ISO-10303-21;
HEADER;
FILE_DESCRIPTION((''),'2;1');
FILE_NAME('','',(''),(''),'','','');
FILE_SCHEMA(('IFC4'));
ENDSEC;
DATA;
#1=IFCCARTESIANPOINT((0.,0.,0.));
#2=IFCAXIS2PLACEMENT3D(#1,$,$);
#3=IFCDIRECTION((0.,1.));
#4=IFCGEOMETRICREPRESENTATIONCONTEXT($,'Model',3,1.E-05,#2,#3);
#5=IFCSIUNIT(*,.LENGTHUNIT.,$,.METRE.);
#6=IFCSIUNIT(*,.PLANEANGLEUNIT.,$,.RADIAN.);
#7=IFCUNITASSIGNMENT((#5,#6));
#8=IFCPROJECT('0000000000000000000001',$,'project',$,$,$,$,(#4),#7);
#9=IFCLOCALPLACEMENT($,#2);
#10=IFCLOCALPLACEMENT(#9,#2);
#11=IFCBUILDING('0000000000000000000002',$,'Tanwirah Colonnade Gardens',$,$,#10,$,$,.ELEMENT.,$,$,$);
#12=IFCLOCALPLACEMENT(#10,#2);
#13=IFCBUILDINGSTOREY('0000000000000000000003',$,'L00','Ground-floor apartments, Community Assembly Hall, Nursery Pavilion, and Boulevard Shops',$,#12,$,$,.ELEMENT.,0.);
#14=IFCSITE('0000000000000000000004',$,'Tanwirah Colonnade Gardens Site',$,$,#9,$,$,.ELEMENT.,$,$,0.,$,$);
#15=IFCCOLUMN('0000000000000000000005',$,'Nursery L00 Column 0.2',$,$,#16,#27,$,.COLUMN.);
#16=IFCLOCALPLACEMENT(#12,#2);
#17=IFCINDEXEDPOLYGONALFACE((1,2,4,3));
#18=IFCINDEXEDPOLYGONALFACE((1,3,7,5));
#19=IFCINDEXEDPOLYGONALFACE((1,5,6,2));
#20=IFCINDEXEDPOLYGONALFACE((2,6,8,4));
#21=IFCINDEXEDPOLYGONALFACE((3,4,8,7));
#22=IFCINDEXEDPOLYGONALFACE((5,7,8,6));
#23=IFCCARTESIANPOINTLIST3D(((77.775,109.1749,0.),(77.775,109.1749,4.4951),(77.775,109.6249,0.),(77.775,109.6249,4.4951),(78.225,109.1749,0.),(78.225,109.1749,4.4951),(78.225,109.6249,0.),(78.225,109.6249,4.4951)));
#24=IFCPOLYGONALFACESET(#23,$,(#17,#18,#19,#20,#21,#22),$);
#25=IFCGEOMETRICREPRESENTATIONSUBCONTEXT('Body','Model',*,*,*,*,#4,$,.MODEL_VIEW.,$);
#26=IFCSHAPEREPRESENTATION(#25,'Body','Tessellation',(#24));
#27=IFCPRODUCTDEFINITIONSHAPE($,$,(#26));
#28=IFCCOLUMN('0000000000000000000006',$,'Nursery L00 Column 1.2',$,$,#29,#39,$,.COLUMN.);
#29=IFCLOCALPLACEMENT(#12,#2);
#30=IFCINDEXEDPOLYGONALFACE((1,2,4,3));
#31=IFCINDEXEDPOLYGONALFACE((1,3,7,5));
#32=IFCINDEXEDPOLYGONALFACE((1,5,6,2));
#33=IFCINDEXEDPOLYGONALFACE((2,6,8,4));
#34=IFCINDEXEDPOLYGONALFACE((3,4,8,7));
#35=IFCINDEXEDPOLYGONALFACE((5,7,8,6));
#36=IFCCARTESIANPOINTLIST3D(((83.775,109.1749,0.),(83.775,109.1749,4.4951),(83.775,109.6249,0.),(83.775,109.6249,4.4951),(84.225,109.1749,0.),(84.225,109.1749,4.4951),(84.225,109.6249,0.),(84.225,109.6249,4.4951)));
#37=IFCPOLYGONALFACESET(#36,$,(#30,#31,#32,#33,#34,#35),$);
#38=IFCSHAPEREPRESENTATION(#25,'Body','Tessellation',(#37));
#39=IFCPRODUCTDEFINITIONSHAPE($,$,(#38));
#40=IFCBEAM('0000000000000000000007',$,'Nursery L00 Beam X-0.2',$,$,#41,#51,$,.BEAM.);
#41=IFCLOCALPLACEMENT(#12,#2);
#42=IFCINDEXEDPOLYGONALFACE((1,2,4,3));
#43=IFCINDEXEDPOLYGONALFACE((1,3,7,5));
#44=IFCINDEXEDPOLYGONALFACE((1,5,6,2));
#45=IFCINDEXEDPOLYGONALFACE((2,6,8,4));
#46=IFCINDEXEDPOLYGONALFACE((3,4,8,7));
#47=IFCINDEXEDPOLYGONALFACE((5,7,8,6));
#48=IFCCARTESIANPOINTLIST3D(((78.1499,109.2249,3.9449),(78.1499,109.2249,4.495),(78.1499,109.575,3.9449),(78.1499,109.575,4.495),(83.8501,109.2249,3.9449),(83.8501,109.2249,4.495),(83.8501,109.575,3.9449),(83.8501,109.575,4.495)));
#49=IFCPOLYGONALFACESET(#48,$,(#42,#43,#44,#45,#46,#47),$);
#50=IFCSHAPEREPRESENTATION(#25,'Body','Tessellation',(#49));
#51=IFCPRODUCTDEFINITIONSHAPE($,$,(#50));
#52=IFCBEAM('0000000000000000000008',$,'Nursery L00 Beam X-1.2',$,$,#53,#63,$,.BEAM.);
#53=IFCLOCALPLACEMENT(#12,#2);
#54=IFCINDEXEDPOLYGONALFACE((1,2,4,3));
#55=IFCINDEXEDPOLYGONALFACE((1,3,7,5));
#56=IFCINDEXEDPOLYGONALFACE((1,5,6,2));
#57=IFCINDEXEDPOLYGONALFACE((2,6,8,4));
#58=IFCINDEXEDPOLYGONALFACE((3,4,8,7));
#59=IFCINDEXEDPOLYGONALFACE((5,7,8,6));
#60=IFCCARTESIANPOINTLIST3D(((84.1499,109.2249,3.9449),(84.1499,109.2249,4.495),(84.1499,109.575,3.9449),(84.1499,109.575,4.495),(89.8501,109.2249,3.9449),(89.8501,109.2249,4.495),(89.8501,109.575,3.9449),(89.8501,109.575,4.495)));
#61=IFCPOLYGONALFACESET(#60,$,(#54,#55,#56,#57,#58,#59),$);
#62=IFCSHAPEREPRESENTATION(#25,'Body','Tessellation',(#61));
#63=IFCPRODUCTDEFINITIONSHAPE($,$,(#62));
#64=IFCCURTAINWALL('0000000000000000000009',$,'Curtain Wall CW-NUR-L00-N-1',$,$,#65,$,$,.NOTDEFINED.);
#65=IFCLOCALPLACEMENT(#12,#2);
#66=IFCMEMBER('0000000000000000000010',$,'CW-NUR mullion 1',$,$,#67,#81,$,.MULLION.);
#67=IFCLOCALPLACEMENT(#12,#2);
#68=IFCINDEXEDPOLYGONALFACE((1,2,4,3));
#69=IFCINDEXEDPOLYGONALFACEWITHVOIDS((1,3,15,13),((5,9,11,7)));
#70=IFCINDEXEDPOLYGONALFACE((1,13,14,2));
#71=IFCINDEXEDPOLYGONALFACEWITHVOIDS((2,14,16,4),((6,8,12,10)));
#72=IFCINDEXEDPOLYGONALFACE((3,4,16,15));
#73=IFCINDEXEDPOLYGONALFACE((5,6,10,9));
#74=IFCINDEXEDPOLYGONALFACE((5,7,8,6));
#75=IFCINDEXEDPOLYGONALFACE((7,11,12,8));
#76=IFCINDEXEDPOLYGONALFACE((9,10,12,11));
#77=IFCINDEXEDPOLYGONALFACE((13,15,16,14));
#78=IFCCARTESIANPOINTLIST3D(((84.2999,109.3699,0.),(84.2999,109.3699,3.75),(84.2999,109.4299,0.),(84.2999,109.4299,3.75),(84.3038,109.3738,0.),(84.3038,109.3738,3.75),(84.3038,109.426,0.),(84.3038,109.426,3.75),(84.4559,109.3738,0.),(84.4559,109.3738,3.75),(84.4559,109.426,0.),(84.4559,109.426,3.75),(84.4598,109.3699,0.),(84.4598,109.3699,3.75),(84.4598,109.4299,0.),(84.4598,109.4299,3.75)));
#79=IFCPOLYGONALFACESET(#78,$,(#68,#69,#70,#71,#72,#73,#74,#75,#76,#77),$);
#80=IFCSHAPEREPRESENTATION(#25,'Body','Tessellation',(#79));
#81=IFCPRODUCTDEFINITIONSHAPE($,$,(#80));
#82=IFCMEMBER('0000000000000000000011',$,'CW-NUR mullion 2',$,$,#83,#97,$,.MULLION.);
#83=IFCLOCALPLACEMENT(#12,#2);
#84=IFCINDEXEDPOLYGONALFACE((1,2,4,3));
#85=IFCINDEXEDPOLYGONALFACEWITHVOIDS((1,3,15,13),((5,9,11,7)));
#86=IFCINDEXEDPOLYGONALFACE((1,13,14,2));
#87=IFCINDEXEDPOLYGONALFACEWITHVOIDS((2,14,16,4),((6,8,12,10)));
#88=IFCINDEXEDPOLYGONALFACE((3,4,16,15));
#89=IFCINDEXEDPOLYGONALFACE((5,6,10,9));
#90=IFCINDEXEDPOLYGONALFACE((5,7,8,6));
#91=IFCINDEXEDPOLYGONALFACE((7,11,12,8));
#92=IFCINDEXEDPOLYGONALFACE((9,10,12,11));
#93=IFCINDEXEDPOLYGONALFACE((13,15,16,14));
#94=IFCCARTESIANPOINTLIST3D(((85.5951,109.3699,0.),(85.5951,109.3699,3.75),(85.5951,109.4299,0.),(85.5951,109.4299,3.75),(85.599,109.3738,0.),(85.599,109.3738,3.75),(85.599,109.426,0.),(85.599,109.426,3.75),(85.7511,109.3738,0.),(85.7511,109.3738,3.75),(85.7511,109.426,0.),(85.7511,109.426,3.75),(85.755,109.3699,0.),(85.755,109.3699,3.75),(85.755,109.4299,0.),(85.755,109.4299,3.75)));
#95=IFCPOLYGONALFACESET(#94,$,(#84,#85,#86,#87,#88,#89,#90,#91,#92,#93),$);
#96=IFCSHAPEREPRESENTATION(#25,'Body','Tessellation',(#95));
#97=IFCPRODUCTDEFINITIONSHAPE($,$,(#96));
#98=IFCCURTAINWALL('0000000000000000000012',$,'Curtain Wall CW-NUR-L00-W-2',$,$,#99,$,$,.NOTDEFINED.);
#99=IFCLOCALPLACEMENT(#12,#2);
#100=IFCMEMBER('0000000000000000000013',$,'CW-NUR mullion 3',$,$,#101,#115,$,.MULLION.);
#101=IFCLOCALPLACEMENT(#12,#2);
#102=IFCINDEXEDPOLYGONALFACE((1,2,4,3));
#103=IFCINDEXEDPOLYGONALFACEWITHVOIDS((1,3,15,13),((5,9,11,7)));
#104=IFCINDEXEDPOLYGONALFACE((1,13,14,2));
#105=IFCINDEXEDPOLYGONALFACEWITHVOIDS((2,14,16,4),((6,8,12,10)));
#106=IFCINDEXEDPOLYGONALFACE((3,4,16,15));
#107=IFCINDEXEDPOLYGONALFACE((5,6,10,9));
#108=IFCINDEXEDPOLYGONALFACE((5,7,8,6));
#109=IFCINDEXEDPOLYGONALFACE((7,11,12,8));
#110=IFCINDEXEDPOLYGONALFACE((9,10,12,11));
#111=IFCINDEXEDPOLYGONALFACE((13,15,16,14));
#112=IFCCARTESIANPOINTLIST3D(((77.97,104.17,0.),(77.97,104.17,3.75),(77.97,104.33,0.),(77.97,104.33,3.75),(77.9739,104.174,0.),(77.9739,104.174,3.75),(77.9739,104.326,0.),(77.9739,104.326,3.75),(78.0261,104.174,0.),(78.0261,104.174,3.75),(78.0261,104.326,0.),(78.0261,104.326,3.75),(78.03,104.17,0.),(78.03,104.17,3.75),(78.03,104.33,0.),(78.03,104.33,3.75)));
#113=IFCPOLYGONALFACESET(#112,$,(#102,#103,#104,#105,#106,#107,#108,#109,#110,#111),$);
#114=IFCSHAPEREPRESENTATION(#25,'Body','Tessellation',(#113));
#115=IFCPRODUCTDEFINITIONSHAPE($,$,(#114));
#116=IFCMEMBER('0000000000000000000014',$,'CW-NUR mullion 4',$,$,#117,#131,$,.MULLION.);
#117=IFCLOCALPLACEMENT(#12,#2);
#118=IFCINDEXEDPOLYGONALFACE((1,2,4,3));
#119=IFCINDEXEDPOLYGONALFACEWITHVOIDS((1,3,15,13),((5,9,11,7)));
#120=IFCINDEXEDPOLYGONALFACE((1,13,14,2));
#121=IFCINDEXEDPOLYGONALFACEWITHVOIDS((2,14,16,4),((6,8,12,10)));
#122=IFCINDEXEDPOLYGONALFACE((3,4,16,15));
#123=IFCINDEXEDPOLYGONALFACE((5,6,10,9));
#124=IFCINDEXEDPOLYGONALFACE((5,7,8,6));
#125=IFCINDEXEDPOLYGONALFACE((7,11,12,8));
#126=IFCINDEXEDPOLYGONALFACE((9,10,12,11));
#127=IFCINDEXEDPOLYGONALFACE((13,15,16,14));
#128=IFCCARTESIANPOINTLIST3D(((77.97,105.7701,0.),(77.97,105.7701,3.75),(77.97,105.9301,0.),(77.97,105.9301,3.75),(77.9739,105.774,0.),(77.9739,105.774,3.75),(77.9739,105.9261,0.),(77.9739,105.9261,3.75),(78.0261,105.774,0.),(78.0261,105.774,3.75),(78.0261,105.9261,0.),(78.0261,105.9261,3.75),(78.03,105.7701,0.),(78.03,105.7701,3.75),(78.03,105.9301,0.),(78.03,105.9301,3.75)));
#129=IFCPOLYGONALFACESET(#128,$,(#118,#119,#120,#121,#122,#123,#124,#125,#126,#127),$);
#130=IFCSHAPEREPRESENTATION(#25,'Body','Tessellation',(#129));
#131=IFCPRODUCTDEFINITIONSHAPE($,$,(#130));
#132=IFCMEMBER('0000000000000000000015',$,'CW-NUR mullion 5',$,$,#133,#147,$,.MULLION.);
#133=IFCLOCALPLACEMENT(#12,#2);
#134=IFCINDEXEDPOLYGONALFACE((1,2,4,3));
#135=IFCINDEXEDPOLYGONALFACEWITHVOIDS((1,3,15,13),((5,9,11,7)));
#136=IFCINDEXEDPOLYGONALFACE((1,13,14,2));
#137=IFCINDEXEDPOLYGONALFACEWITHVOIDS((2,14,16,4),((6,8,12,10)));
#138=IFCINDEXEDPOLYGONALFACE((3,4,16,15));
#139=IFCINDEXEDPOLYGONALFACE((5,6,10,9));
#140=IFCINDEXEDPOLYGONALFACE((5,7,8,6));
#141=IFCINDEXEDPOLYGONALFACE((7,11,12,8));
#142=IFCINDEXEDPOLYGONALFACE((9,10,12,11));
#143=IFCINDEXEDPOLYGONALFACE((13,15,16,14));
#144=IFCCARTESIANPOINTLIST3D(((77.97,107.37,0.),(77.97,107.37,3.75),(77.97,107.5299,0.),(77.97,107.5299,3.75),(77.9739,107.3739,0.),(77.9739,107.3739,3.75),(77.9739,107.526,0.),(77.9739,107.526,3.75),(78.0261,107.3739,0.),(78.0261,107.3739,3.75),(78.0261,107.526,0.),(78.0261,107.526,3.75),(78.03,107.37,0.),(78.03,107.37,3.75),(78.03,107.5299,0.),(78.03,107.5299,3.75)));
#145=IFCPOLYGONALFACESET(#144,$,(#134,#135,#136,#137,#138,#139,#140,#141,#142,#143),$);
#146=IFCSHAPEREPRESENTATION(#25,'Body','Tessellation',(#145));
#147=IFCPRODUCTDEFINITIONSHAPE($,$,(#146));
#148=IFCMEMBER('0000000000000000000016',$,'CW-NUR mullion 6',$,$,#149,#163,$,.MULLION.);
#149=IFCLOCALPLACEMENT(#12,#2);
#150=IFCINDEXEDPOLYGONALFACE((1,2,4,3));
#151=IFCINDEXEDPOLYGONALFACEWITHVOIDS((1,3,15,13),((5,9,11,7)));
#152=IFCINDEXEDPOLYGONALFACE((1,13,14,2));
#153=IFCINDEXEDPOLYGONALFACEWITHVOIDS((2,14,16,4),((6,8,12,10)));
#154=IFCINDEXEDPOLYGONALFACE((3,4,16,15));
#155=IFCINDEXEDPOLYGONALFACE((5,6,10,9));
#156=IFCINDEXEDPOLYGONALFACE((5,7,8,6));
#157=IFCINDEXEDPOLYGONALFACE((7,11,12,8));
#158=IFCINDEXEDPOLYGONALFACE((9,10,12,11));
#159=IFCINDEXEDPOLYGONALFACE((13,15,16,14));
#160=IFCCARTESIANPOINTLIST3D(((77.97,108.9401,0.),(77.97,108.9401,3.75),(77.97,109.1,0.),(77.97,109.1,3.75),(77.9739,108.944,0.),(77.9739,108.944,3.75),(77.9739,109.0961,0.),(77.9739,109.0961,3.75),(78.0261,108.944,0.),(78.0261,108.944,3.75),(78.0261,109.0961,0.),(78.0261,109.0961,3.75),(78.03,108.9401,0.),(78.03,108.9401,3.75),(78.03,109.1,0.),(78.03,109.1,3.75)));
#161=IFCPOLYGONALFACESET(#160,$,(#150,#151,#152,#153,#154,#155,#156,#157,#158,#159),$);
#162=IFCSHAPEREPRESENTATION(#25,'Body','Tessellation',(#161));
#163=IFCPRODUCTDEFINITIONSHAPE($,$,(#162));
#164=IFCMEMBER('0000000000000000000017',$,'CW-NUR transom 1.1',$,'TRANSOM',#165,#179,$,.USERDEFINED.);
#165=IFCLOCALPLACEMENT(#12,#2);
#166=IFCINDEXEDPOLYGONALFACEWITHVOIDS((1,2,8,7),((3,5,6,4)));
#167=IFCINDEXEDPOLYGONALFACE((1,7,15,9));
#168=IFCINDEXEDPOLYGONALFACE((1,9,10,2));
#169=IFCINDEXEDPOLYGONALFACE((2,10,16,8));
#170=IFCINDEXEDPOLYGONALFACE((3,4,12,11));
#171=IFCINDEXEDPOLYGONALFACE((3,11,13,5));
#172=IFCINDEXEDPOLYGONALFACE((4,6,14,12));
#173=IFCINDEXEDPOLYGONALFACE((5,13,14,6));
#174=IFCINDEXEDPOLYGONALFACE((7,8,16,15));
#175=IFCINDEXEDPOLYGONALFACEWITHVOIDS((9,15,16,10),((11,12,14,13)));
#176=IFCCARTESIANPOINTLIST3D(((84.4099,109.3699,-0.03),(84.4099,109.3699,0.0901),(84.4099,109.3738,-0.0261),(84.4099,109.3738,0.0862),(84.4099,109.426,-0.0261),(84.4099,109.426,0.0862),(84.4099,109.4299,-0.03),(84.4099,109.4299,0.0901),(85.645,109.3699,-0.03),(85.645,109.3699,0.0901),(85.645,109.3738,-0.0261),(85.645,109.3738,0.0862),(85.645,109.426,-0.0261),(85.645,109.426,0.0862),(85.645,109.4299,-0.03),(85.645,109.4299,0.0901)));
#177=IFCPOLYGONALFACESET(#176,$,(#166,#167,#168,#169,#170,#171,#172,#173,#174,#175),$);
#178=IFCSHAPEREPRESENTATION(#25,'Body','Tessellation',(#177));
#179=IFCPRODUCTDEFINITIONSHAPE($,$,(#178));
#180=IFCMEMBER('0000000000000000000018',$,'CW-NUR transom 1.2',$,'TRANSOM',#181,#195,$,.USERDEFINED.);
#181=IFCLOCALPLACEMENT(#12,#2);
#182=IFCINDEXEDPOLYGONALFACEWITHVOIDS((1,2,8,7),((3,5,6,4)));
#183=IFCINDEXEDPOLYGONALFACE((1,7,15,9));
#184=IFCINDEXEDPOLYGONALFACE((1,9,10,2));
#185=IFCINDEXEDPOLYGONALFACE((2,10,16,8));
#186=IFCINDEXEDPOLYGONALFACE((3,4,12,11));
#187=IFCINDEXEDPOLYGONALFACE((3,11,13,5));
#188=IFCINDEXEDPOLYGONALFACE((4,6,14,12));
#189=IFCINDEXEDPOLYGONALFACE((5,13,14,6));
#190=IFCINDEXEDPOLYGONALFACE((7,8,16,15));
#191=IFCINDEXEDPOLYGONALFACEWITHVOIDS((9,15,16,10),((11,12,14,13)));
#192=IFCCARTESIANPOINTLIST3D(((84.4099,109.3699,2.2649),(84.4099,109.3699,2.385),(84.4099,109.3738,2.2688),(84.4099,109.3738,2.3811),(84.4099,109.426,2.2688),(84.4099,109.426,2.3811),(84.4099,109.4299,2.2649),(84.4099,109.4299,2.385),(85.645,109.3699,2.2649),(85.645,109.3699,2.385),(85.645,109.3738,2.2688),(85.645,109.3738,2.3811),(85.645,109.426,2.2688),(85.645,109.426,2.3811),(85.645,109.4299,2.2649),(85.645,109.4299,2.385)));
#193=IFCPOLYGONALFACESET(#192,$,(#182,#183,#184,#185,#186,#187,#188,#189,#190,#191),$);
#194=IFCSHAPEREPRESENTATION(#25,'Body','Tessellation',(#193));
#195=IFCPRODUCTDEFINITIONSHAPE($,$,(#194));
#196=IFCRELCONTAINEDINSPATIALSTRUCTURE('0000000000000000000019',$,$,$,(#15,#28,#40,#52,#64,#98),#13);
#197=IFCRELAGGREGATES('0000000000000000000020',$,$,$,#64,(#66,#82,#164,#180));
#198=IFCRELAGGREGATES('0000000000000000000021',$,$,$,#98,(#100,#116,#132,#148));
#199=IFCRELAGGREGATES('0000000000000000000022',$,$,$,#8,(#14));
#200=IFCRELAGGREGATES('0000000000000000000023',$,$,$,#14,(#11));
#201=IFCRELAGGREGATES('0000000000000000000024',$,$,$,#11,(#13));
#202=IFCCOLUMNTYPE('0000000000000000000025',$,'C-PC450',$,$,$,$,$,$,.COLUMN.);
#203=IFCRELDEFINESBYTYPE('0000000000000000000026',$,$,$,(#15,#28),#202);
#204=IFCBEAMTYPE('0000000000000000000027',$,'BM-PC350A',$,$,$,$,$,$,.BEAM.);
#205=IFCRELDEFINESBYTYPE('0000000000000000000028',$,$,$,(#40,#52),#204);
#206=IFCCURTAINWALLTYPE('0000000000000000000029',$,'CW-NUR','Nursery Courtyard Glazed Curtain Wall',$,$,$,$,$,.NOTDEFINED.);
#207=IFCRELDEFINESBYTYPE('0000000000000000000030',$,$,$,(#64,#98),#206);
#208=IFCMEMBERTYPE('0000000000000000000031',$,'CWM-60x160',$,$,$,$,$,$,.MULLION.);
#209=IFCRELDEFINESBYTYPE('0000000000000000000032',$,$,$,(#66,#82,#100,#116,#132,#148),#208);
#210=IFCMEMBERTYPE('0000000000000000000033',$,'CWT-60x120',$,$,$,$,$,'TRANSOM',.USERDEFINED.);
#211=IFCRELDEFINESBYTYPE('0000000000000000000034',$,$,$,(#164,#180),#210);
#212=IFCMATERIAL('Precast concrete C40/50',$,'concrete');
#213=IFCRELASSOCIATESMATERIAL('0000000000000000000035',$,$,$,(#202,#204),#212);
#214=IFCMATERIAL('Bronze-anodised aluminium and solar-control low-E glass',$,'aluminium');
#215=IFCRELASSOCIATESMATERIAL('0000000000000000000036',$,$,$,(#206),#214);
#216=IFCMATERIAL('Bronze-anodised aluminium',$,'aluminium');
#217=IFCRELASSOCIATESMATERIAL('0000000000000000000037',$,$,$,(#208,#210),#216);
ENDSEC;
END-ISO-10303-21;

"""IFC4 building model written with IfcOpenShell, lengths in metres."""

from ifc_helpers import new_model, si_unit, direction, frame, origin, origin_2d, place, context, subcontext, project, spatial, rectangle, hollow_rectangle, extrude, material, material_profile, profile_set, type_object, element, aggregate, save


model = new_model("IFC4")

# Units and contexts
model_context = context("Model", 3, precision=1e-05, world=origin(), true_north=direction((0.0, 1.0)))
body_context = subcontext(model_context, "Body", "Model", "MODEL_VIEW")
ifc_project = project(units=[si_unit("LENGTHUNIT", "METRE"), si_unit("PLANEANGLEUNIT", "RADIAN")], contexts=[model_context])

# Site, building, storey
site_placement = place(None, origin())
site = spatial("IfcSite", under=ifc_project, at=site_placement, Name="Tanwirah Colonnade Gardens Site", CompositionType="ELEMENT", RefElevation=0.0)
building_placement = place(site_placement, origin())
building = spatial("IfcBuilding", under=site, at=building_placement, Name="Tanwirah Colonnade Gardens", CompositionType="ELEMENT")
storey_placement = place(building_placement, origin())
storey = spatial("IfcBuildingStorey", under=building, at=storey_placement, Name="L00", Description="Ground-floor apartments, Community Assembly Hall, Nursery Pavilion, and Boulevard Shops", CompositionType="ELEMENT", Elevation=0.0)

# Columns
ifc_material_1 = material(Name="Precast concrete C40/50", Category="concrete")
ifc_material_profile_1 = material_profile(ifc_material_1, rectangle(XDim=0.45, YDim=0.45, at=origin_2d()), Name="PC-COL 450x450")
ifc_profile_set_1 = profile_set([ifc_material_profile_1], Name="Precast concrete C40/50")
column_type = type_object("IfcColumnType", Name="C-PC450", PredefinedType="COLUMN", material=ifc_profile_set_1)
for number, where, z_axis, x_axis, name in (
    (1, (78.0, 109.3999, 0.0), (0.0, 0.0, 1.0), (1.0, 0.0, 0.0), "Nursery L00 Column 0.2"),
    (2, (84.0, 109.3999, 0.0), (0.0, 0.0, 1.0), (1.0, 0.0, 0.0), "Nursery L00 Column 1.2"),
):
    element("IfcColumn", number, at=place(storey_placement, frame(where, z_axis=z_axis, x_axis=x_axis)), inside=storey, type_object=column_type, Name=name, PredefinedType="COLUMN", context=body_context, shape_type="SweptSolid", body=[
        extrude(rectangle(XDim=0.45, YDim=0.45, at=origin_2d()), origin(), (0.0, 0.0, 1.0), 4.4951),
    ])

# Beams
ifc_material_profile_2 = material_profile(ifc_material_1, rectangle(XDim=0.3501, YDim=0.55, at=origin_2d()), Name="PC-BM 350x550")
ifc_profile_set_2 = profile_set([ifc_material_profile_2], Name="Precast concrete C40/50")
beam_type = type_object("IfcBeamType", Name="BM-PC350A", PredefinedType="BEAM", material=ifc_profile_set_2)
for number, where, z_axis, x_axis, name in (
    (3, (78.1499, 109.3999, 4.22), (1.0, 0.0, 0.0), (0.0, 1.0, 0.0), "Nursery L00 Beam X-0.2"),
    (4, (84.1499, 109.3999, 4.22), (1.0, 0.0, 0.0), (0.0, 1.0, 0.0), "Nursery L00 Beam X-1.2"),
):
    element("IfcBeam", number, at=place(storey_placement, frame(where, z_axis=z_axis, x_axis=x_axis)), inside=storey, type_object=beam_type, Name=name, PredefinedType="BEAM", context=body_context, shape_type="SweptSolid", body=[
        extrude(rectangle(XDim=0.3501, YDim=0.55, at=origin_2d()), origin(), (0.0, 0.0, 1.0), 5.7002),
    ])

# Curtain walls, members
ifc_material_2 = material(Name="Bronze-anodised aluminium and solar-control low-E glass", Category="aluminium")
curtain_wall_type = type_object("IfcCurtainWallType", Name="CW-NUR", Description="Nursery Courtyard Glazed Curtain Wall", PredefinedType="NOTDEFINED", material=ifc_material_2)
curtain_wall_1_placement = place(storey_placement, origin())
curtain_wall_1 = element("IfcCurtainWall", 5, at=curtain_wall_1_placement, inside=storey, type_object=curtain_wall_type, Name="Curtain Wall CW-NUR-L00-N-1", PredefinedType="NOTDEFINED")
ifc_material_3 = material(Name="Bronze-anodised aluminium", Category="aluminium")
ifc_material_profile_3 = material_profile(ifc_material_3, hollow_rectangle(XDim=0.0601, YDim=0.1599, WallThickness=0.0039, at=origin_2d()), Name="CW-MUL 60x160x4")
ifc_profile_set_3 = profile_set([ifc_material_profile_3], Name="Bronze-anodised aluminium")
member_type_1 = type_object("IfcMemberType", Name="CWM-60x160", PredefinedType="MULLION", material=ifc_profile_set_3)
member_1_placement = place(storey_placement, frame((84.3799, 109.3999, 0.0), z_axis=(0.0, 0.0, 1.0), x_axis=(0.0, 1.0, 0.0)))
member_1 = element("IfcMember", 6, at=member_1_placement, type_object=member_type_1, Name="CW-NUR mullion 1", PredefinedType="MULLION", context=body_context, shape_type="SweptSolid", body=[
    extrude(hollow_rectangle(XDim=0.0601, YDim=0.1599, WallThickness=0.0039, at=origin_2d()), origin(), (0.0, 0.0, 1.0), 3.75),
])
member_2_placement = place(storey_placement, frame((85.675, 109.3999, 0.0), z_axis=(0.0, 0.0, 1.0), x_axis=(0.0, 1.0, 0.0)))
member_2 = element("IfcMember", 7, at=member_2_placement, type_object=member_type_1, Name="CW-NUR mullion 2", PredefinedType="MULLION", context=body_context, shape_type="SweptSolid", body=[
    extrude(hollow_rectangle(XDim=0.0601, YDim=0.1599, WallThickness=0.0039, at=origin_2d()), origin(), (0.0, 0.0, 1.0), 3.75),
])
curtain_wall_2_placement = place(storey_placement, origin())
curtain_wall_2 = element("IfcCurtainWall", 8, at=curtain_wall_2_placement, inside=storey, type_object=curtain_wall_type, Name="Curtain Wall CW-NUR-L00-W-2", PredefinedType="NOTDEFINED")
member_3_placement = place(storey_placement, frame((78.0, 104.25, 0.0), z_axis=(0.0, 0.0, 1.0), x_axis=(-1.0, 0.0, 0.0)))
member_3 = element("IfcMember", 9, at=member_3_placement, type_object=member_type_1, Name="CW-NUR mullion 3", PredefinedType="MULLION", context=body_context, shape_type="SweptSolid", body=[
    extrude(hollow_rectangle(XDim=0.0601, YDim=0.1599, WallThickness=0.0039, at=origin_2d()), origin(), (0.0, 0.0, 1.0), 3.75),
])
member_4_placement = place(storey_placement, frame((78.0, 105.8501, 0.0), z_axis=(0.0, 0.0, 1.0), x_axis=(-1.0, 0.0, 0.0)))
member_4 = element("IfcMember", 10, at=member_4_placement, type_object=member_type_1, Name="CW-NUR mullion 4", PredefinedType="MULLION", context=body_context, shape_type="SweptSolid", body=[
    extrude(hollow_rectangle(XDim=0.0601, YDim=0.1599, WallThickness=0.0039, at=origin_2d()), origin(), (0.0, 0.0, 1.0), 3.75),
])
member_5_placement = place(storey_placement, frame((78.0, 107.45, 0.0), z_axis=(0.0, 0.0, 1.0), x_axis=(-1.0, 0.0, 0.0)))
member_5 = element("IfcMember", 11, at=member_5_placement, type_object=member_type_1, Name="CW-NUR mullion 5", PredefinedType="MULLION", context=body_context, shape_type="SweptSolid", body=[
    extrude(hollow_rectangle(XDim=0.0601, YDim=0.1599, WallThickness=0.0039, at=origin_2d()), origin(), (0.0, 0.0, 1.0), 3.75),
])
member_6_placement = place(storey_placement, frame((78.0, 109.02, 0.0), z_axis=(0.0, 0.0, 1.0), x_axis=(-1.0, 0.0, 0.0)))
member_6 = element("IfcMember", 12, at=member_6_placement, type_object=member_type_1, Name="CW-NUR mullion 6", PredefinedType="MULLION", context=body_context, shape_type="SweptSolid", body=[
    extrude(hollow_rectangle(XDim=0.0601, YDim=0.1599, WallThickness=0.0039, at=origin_2d()), origin(), (0.0, 0.0, 1.0), 3.75),
])

# Members
ifc_material_profile_4 = material_profile(ifc_material_3, hollow_rectangle(XDim=0.0601, YDim=0.1201, WallThickness=0.0039, at=origin_2d()), Name="CW-TRN 60x120x4")
ifc_profile_set_4 = profile_set([ifc_material_profile_4], Name="Bronze-anodised aluminium")
member_type_2 = type_object("IfcMemberType", Name="CWT-60x120", ElementType="TRANSOM", PredefinedType="USERDEFINED", material=ifc_profile_set_4)
member_7_placement = place(storey_placement, frame((84.4099, 109.3999, 0.03), z_axis=(1.0, 0.0, 0.0), x_axis=(0.0, 1.0, 0.0)))
member_7 = element("IfcMember", 13, at=member_7_placement, type_object=member_type_2, Name="CW-NUR transom 1.1", ObjectType="TRANSOM", PredefinedType="USERDEFINED", context=body_context, shape_type="SweptSolid", body=[
    extrude(hollow_rectangle(XDim=0.0601, YDim=0.1201, WallThickness=0.0039, at=origin_2d()), origin(), (0.0, 0.0, 1.0), 1.2351),
])
member_8_placement = place(storey_placement, frame((84.4099, 109.3999, 2.325), z_axis=(1.0, 0.0, 0.0), x_axis=(0.0, 1.0, 0.0)))
member_8 = element("IfcMember", 14, at=member_8_placement, type_object=member_type_2, Name="CW-NUR transom 1.2", ObjectType="TRANSOM", PredefinedType="USERDEFINED", context=body_context, shape_type="SweptSolid", body=[
    extrude(hollow_rectangle(XDim=0.0601, YDim=0.1201, WallThickness=0.0039, at=origin_2d()), origin(), (0.0, 0.0, 1.0), 1.2351),
])

aggregate(curtain_wall_1, [member_1, member_2, member_7, member_8])
aggregate(curtain_wall_2, [member_3, member_4, member_5, member_6])

save(model, "model.ifc")
